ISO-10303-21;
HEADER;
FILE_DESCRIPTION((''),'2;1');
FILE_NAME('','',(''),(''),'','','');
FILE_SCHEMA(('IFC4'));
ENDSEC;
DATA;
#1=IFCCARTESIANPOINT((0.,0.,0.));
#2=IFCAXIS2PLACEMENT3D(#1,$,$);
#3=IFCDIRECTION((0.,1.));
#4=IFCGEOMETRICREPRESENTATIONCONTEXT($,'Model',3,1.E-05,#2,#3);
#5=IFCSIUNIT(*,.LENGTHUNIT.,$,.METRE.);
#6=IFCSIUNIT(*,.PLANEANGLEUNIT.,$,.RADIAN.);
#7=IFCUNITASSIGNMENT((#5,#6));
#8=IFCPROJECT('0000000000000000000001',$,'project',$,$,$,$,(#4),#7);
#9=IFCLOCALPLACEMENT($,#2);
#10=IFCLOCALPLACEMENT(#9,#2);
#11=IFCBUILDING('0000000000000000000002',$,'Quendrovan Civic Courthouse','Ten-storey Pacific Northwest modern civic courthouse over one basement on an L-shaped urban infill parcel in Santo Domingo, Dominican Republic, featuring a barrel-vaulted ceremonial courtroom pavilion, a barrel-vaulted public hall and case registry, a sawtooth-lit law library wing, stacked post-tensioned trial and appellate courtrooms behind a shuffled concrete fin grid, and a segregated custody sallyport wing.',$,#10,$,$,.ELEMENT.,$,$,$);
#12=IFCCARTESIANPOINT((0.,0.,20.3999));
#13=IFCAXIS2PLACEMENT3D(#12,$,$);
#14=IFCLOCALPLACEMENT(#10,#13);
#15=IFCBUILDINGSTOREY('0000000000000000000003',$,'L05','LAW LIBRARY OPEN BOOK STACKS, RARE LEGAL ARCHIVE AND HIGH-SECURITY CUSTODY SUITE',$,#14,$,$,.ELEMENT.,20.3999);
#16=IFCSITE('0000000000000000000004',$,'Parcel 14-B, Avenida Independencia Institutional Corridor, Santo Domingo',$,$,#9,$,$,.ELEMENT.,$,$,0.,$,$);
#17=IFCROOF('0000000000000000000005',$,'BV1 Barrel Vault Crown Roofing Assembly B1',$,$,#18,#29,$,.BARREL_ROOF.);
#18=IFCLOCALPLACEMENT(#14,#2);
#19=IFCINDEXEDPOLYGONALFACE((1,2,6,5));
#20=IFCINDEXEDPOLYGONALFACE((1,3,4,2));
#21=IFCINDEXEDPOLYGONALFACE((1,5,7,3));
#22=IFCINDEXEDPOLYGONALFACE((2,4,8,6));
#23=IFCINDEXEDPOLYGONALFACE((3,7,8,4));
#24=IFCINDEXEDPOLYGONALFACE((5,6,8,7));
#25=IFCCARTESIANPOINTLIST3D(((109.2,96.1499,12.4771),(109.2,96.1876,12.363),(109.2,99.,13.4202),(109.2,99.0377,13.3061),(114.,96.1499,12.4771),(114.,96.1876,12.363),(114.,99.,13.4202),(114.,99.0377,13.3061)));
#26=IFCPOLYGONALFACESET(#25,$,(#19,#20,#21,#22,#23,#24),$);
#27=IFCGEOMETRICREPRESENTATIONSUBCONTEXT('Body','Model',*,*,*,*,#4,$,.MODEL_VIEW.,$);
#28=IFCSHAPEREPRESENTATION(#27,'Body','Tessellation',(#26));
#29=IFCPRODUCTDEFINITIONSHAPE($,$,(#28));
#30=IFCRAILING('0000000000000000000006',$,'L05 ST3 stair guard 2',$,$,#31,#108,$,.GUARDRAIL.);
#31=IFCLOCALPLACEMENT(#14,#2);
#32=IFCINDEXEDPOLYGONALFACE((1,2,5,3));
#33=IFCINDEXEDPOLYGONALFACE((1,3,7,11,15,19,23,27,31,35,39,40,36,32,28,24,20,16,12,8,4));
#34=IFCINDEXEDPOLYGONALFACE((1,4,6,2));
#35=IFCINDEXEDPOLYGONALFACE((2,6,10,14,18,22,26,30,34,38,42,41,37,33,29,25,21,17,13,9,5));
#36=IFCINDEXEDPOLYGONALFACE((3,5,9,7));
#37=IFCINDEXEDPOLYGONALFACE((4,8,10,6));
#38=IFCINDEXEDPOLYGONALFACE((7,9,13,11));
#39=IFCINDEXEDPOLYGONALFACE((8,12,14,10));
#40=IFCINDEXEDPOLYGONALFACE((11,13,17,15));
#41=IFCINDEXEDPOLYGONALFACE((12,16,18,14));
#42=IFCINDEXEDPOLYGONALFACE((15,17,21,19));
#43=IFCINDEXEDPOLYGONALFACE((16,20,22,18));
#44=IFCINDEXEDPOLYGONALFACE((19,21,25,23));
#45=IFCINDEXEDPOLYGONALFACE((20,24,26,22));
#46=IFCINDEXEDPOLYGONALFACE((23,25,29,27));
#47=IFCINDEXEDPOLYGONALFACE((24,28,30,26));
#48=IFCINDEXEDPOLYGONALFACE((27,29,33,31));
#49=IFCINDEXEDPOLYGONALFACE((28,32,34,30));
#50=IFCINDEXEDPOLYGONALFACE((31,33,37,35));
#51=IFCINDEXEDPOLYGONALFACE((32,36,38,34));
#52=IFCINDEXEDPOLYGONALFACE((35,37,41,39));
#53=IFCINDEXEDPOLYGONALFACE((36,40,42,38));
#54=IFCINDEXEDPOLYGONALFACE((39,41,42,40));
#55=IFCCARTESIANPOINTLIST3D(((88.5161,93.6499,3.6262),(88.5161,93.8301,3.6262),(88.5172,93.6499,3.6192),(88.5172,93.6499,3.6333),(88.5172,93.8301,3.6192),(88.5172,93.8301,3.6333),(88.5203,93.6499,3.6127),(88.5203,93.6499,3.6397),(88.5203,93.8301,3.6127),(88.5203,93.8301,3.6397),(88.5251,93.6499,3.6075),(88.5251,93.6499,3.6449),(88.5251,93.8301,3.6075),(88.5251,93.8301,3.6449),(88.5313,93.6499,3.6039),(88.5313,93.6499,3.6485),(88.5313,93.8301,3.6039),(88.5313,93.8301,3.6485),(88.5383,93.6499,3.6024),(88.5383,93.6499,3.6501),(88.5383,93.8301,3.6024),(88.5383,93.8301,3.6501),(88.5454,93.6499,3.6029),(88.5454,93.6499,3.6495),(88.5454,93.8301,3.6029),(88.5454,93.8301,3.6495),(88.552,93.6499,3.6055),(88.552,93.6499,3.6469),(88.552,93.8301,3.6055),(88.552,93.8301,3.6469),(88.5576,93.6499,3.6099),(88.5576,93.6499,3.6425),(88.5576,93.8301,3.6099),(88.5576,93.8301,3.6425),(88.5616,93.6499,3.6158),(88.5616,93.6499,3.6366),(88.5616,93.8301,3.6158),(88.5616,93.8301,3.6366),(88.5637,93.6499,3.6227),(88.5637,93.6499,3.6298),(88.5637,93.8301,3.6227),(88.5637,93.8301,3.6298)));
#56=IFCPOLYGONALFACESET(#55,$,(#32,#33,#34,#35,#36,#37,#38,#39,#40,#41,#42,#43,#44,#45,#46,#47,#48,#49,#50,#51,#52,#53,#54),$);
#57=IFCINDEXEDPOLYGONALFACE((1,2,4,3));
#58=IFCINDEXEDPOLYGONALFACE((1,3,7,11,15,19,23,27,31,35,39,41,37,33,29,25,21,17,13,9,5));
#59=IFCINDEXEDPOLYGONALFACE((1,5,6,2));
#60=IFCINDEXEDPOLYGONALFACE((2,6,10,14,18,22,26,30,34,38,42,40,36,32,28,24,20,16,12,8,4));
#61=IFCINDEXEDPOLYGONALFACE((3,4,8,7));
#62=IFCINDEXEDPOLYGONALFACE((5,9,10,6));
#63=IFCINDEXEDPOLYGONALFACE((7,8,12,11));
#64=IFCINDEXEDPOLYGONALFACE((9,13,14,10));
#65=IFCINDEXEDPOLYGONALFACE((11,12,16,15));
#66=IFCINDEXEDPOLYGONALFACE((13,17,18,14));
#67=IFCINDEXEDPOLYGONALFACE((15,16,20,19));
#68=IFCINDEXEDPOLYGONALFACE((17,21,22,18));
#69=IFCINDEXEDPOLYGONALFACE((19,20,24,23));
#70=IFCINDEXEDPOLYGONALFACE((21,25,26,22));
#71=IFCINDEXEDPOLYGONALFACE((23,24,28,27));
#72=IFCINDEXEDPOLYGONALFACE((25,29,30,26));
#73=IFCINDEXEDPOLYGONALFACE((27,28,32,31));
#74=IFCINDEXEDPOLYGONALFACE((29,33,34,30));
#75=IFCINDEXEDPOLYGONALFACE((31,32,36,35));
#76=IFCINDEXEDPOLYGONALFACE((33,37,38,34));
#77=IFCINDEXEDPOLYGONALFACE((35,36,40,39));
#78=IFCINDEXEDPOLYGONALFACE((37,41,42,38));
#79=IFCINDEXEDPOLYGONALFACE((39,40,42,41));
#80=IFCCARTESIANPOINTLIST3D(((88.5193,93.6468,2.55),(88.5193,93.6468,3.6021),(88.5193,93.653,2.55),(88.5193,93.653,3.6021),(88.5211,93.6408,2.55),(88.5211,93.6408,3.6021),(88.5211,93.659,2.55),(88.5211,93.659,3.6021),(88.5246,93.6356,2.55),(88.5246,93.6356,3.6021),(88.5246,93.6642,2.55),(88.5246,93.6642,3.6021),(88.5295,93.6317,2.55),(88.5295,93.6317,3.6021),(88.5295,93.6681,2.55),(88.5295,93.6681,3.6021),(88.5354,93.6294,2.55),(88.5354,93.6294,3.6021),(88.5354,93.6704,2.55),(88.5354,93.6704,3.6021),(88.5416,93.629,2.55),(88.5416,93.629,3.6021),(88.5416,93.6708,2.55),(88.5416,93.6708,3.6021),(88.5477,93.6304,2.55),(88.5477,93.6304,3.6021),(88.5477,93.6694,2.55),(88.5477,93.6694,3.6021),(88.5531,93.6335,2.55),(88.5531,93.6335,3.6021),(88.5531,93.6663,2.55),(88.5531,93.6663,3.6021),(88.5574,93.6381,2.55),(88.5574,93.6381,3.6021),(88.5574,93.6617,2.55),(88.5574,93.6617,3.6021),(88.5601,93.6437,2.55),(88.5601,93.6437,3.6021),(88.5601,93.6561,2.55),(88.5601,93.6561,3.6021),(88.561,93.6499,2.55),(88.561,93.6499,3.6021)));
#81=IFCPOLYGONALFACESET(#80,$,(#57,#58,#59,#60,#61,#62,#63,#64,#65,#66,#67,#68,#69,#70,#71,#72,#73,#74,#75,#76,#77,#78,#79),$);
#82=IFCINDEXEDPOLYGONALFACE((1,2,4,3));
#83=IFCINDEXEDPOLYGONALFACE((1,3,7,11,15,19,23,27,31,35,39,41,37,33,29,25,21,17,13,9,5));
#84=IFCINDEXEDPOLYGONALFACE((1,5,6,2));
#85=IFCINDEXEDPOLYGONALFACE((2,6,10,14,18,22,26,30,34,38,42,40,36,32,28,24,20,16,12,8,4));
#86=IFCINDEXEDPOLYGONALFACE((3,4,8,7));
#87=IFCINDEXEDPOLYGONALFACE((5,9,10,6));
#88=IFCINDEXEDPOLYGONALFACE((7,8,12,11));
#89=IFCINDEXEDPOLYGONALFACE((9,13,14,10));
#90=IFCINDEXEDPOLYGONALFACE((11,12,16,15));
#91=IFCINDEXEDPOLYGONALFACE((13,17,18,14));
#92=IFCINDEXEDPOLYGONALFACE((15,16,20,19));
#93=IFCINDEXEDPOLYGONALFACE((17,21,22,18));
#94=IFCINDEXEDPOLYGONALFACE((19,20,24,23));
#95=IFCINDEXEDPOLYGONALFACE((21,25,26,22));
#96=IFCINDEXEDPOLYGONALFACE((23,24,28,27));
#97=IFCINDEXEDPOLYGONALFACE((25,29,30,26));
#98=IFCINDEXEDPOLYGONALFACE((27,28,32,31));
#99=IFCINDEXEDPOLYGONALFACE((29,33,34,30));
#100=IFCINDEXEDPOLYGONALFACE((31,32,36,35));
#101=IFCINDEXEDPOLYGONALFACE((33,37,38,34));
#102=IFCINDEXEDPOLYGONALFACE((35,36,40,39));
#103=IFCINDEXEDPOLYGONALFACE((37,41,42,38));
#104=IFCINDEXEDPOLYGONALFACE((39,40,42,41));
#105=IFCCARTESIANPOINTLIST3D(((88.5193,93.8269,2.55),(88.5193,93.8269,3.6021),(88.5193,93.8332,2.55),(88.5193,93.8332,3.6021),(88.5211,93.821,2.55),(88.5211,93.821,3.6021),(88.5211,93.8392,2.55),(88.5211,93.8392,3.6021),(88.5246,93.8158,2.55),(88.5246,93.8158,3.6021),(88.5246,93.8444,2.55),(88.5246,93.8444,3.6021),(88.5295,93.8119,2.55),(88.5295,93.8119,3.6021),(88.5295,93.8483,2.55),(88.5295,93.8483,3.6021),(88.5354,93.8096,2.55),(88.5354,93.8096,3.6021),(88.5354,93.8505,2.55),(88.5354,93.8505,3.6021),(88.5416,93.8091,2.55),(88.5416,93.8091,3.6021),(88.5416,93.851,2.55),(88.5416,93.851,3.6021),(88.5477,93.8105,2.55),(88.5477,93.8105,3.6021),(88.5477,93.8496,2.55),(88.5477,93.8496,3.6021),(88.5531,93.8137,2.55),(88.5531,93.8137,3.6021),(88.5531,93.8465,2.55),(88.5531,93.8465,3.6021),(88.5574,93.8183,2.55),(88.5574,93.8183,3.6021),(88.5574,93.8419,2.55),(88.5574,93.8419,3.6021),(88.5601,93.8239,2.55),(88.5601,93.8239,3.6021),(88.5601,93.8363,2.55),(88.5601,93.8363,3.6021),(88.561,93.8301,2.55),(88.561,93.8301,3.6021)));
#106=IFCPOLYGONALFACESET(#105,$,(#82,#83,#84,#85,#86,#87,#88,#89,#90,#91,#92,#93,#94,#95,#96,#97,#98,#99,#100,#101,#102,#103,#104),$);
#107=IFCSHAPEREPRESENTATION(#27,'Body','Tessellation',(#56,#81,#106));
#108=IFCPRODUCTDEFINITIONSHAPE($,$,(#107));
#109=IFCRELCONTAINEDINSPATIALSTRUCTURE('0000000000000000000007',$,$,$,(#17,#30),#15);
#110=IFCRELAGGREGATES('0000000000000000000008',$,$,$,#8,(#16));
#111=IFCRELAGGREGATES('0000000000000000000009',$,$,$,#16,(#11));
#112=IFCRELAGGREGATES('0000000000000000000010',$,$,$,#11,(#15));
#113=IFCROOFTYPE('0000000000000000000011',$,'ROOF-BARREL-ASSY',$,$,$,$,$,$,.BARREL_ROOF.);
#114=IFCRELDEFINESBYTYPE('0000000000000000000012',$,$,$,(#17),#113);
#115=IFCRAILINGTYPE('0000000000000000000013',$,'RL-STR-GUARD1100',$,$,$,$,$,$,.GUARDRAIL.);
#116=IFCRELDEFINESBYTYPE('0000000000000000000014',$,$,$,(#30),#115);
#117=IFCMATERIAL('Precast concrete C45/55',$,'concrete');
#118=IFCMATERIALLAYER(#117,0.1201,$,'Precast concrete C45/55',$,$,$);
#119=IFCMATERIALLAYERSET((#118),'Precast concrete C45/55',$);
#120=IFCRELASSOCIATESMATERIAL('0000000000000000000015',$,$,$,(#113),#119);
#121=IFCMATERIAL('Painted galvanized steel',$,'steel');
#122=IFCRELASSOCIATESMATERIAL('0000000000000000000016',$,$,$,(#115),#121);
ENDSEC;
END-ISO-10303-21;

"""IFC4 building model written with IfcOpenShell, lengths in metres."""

from ifc_helpers import new_model, si_unit, direction, frame, origin, origin_2d, place, context, subcontext, project, spatial, polyline, circle, outline, extrude, material, layer, layer_set, type_object, element, save


model = new_model("IFC4")

# Units and contexts
model_context = context("Model", 3, precision=1e-05, world=origin(), true_north=direction((0.0, 1.0)))
body_context = subcontext(model_context, "Body", "Model", "MODEL_VIEW")
ifc_project = project(units=[si_unit("LENGTHUNIT", "METRE"), si_unit("PLANEANGLEUNIT", "RADIAN")], contexts=[model_context])

# Site, building, storey
site_placement = place(None, origin())
site = spatial("IfcSite", under=ifc_project, at=site_placement, Name="Parcel 14-B, Avenida Independencia Institutional Corridor, Santo Domingo", CompositionType="ELEMENT", RefElevation=0.0)
building_placement = place(site_placement, origin())
building = spatial("IfcBuilding", under=site, at=building_placement, Name="Quendrovan Civic Courthouse", Description="Ten-storey Pacific Northwest modern civic courthouse over one basement on an L-shaped urban infill parcel in Santo Domingo, Dominican Republic, featuring a barrel-vaulted ceremonial courtroom pavilion, a barrel-vaulted public hall and case registry, a sawtooth-lit law library wing, stacked post-tensioned trial and appellate courtrooms behind a shuffled concrete fin grid, and a segregated custody sallyport wing.", CompositionType="ELEMENT")
storey_placement = place(building_placement, frame((0.0, 0.0, 20.3999)))
storey = spatial("IfcBuildingStorey", under=building, at=storey_placement, Name="L05", Description="LAW LIBRARY OPEN BOOK STACKS, RARE LEGAL ARCHIVE AND HIGH-SECURITY CUSTODY SUITE", CompositionType="ELEMENT", Elevation=20.3999)

# Shared definitions
ifc_material_1 = material(Name="Precast concrete C45/55", Category="concrete")

# Roof
ifc_layer_1 = layer(ifc_material_1, 0.1201, Name="Precast concrete C45/55")
ifc_layer_set_1 = layer_set([ifc_layer_1], Name="Precast concrete C45/55")
roof_type = type_object("IfcRoofType", Name="ROOF-BARREL-ASSY", PredefinedType="BARREL_ROOF", material=ifc_layer_set_1)
roof_placement = place(storey_placement, frame((109.2, 96.1499, 12.4771), z_axis=(0.0, -0.314153, 0.949372), x_axis=(1.0, 0.0, 0.0)))
element("IfcRoof", 1, at=roof_placement, inside=storey, type_object=roof_type, Name="BV1 Barrel Vault Crown Roofing Assembly B1", PredefinedType="BARREL_ROOF", context=body_context, shape_type="SweptSolid", body=[
    extrude(outline(polyline([(0.0, 0.0), (4.8, 0.0), (4.8, 3.0021), (0.0, 3.0021), (0.0, 0.0)])), origin(), (0.0, 0.0, -1.0), 0.1201),
])

# Railing
ifc_material_2 = material(Name="Painted galvanized steel", Category="steel")
railing_type_1 = type_object("IfcRailingType", Name="RL-STR-GUARD1100", PredefinedType="GUARDRAIL", material=ifc_material_2)
railing_1_placement = place(storey_placement, frame((88.54, 93.6499, 2.55)))
element("IfcRailing", 2, at=railing_1_placement, inside=storey, type_object=railing_type_1, Name="L05 ST3 stair guard 2", PredefinedType="GUARDRAIL", context=body_context, shape_type="SweptSolid", body=[
    extrude(circle(Radius=0.0239, at=origin_2d()), frame((0.0, 0.0, 1.0762), z_axis=(0.0, 1.0, 0.0), x_axis=(-1.0, 0.0, 0.0)), (0.0, 0.0, 1.0), 0.1802),
    extrude(circle(Radius=0.021, at=origin_2d()), origin(), (0.0, 0.0, 1.0), 1.052),
    extrude(circle(Radius=0.021, at=origin_2d()), frame((0.0, 0.1802, 0.0)), (0.0, 0.0, 1.0), 1.052),
])

save(model, "model.ifc")
